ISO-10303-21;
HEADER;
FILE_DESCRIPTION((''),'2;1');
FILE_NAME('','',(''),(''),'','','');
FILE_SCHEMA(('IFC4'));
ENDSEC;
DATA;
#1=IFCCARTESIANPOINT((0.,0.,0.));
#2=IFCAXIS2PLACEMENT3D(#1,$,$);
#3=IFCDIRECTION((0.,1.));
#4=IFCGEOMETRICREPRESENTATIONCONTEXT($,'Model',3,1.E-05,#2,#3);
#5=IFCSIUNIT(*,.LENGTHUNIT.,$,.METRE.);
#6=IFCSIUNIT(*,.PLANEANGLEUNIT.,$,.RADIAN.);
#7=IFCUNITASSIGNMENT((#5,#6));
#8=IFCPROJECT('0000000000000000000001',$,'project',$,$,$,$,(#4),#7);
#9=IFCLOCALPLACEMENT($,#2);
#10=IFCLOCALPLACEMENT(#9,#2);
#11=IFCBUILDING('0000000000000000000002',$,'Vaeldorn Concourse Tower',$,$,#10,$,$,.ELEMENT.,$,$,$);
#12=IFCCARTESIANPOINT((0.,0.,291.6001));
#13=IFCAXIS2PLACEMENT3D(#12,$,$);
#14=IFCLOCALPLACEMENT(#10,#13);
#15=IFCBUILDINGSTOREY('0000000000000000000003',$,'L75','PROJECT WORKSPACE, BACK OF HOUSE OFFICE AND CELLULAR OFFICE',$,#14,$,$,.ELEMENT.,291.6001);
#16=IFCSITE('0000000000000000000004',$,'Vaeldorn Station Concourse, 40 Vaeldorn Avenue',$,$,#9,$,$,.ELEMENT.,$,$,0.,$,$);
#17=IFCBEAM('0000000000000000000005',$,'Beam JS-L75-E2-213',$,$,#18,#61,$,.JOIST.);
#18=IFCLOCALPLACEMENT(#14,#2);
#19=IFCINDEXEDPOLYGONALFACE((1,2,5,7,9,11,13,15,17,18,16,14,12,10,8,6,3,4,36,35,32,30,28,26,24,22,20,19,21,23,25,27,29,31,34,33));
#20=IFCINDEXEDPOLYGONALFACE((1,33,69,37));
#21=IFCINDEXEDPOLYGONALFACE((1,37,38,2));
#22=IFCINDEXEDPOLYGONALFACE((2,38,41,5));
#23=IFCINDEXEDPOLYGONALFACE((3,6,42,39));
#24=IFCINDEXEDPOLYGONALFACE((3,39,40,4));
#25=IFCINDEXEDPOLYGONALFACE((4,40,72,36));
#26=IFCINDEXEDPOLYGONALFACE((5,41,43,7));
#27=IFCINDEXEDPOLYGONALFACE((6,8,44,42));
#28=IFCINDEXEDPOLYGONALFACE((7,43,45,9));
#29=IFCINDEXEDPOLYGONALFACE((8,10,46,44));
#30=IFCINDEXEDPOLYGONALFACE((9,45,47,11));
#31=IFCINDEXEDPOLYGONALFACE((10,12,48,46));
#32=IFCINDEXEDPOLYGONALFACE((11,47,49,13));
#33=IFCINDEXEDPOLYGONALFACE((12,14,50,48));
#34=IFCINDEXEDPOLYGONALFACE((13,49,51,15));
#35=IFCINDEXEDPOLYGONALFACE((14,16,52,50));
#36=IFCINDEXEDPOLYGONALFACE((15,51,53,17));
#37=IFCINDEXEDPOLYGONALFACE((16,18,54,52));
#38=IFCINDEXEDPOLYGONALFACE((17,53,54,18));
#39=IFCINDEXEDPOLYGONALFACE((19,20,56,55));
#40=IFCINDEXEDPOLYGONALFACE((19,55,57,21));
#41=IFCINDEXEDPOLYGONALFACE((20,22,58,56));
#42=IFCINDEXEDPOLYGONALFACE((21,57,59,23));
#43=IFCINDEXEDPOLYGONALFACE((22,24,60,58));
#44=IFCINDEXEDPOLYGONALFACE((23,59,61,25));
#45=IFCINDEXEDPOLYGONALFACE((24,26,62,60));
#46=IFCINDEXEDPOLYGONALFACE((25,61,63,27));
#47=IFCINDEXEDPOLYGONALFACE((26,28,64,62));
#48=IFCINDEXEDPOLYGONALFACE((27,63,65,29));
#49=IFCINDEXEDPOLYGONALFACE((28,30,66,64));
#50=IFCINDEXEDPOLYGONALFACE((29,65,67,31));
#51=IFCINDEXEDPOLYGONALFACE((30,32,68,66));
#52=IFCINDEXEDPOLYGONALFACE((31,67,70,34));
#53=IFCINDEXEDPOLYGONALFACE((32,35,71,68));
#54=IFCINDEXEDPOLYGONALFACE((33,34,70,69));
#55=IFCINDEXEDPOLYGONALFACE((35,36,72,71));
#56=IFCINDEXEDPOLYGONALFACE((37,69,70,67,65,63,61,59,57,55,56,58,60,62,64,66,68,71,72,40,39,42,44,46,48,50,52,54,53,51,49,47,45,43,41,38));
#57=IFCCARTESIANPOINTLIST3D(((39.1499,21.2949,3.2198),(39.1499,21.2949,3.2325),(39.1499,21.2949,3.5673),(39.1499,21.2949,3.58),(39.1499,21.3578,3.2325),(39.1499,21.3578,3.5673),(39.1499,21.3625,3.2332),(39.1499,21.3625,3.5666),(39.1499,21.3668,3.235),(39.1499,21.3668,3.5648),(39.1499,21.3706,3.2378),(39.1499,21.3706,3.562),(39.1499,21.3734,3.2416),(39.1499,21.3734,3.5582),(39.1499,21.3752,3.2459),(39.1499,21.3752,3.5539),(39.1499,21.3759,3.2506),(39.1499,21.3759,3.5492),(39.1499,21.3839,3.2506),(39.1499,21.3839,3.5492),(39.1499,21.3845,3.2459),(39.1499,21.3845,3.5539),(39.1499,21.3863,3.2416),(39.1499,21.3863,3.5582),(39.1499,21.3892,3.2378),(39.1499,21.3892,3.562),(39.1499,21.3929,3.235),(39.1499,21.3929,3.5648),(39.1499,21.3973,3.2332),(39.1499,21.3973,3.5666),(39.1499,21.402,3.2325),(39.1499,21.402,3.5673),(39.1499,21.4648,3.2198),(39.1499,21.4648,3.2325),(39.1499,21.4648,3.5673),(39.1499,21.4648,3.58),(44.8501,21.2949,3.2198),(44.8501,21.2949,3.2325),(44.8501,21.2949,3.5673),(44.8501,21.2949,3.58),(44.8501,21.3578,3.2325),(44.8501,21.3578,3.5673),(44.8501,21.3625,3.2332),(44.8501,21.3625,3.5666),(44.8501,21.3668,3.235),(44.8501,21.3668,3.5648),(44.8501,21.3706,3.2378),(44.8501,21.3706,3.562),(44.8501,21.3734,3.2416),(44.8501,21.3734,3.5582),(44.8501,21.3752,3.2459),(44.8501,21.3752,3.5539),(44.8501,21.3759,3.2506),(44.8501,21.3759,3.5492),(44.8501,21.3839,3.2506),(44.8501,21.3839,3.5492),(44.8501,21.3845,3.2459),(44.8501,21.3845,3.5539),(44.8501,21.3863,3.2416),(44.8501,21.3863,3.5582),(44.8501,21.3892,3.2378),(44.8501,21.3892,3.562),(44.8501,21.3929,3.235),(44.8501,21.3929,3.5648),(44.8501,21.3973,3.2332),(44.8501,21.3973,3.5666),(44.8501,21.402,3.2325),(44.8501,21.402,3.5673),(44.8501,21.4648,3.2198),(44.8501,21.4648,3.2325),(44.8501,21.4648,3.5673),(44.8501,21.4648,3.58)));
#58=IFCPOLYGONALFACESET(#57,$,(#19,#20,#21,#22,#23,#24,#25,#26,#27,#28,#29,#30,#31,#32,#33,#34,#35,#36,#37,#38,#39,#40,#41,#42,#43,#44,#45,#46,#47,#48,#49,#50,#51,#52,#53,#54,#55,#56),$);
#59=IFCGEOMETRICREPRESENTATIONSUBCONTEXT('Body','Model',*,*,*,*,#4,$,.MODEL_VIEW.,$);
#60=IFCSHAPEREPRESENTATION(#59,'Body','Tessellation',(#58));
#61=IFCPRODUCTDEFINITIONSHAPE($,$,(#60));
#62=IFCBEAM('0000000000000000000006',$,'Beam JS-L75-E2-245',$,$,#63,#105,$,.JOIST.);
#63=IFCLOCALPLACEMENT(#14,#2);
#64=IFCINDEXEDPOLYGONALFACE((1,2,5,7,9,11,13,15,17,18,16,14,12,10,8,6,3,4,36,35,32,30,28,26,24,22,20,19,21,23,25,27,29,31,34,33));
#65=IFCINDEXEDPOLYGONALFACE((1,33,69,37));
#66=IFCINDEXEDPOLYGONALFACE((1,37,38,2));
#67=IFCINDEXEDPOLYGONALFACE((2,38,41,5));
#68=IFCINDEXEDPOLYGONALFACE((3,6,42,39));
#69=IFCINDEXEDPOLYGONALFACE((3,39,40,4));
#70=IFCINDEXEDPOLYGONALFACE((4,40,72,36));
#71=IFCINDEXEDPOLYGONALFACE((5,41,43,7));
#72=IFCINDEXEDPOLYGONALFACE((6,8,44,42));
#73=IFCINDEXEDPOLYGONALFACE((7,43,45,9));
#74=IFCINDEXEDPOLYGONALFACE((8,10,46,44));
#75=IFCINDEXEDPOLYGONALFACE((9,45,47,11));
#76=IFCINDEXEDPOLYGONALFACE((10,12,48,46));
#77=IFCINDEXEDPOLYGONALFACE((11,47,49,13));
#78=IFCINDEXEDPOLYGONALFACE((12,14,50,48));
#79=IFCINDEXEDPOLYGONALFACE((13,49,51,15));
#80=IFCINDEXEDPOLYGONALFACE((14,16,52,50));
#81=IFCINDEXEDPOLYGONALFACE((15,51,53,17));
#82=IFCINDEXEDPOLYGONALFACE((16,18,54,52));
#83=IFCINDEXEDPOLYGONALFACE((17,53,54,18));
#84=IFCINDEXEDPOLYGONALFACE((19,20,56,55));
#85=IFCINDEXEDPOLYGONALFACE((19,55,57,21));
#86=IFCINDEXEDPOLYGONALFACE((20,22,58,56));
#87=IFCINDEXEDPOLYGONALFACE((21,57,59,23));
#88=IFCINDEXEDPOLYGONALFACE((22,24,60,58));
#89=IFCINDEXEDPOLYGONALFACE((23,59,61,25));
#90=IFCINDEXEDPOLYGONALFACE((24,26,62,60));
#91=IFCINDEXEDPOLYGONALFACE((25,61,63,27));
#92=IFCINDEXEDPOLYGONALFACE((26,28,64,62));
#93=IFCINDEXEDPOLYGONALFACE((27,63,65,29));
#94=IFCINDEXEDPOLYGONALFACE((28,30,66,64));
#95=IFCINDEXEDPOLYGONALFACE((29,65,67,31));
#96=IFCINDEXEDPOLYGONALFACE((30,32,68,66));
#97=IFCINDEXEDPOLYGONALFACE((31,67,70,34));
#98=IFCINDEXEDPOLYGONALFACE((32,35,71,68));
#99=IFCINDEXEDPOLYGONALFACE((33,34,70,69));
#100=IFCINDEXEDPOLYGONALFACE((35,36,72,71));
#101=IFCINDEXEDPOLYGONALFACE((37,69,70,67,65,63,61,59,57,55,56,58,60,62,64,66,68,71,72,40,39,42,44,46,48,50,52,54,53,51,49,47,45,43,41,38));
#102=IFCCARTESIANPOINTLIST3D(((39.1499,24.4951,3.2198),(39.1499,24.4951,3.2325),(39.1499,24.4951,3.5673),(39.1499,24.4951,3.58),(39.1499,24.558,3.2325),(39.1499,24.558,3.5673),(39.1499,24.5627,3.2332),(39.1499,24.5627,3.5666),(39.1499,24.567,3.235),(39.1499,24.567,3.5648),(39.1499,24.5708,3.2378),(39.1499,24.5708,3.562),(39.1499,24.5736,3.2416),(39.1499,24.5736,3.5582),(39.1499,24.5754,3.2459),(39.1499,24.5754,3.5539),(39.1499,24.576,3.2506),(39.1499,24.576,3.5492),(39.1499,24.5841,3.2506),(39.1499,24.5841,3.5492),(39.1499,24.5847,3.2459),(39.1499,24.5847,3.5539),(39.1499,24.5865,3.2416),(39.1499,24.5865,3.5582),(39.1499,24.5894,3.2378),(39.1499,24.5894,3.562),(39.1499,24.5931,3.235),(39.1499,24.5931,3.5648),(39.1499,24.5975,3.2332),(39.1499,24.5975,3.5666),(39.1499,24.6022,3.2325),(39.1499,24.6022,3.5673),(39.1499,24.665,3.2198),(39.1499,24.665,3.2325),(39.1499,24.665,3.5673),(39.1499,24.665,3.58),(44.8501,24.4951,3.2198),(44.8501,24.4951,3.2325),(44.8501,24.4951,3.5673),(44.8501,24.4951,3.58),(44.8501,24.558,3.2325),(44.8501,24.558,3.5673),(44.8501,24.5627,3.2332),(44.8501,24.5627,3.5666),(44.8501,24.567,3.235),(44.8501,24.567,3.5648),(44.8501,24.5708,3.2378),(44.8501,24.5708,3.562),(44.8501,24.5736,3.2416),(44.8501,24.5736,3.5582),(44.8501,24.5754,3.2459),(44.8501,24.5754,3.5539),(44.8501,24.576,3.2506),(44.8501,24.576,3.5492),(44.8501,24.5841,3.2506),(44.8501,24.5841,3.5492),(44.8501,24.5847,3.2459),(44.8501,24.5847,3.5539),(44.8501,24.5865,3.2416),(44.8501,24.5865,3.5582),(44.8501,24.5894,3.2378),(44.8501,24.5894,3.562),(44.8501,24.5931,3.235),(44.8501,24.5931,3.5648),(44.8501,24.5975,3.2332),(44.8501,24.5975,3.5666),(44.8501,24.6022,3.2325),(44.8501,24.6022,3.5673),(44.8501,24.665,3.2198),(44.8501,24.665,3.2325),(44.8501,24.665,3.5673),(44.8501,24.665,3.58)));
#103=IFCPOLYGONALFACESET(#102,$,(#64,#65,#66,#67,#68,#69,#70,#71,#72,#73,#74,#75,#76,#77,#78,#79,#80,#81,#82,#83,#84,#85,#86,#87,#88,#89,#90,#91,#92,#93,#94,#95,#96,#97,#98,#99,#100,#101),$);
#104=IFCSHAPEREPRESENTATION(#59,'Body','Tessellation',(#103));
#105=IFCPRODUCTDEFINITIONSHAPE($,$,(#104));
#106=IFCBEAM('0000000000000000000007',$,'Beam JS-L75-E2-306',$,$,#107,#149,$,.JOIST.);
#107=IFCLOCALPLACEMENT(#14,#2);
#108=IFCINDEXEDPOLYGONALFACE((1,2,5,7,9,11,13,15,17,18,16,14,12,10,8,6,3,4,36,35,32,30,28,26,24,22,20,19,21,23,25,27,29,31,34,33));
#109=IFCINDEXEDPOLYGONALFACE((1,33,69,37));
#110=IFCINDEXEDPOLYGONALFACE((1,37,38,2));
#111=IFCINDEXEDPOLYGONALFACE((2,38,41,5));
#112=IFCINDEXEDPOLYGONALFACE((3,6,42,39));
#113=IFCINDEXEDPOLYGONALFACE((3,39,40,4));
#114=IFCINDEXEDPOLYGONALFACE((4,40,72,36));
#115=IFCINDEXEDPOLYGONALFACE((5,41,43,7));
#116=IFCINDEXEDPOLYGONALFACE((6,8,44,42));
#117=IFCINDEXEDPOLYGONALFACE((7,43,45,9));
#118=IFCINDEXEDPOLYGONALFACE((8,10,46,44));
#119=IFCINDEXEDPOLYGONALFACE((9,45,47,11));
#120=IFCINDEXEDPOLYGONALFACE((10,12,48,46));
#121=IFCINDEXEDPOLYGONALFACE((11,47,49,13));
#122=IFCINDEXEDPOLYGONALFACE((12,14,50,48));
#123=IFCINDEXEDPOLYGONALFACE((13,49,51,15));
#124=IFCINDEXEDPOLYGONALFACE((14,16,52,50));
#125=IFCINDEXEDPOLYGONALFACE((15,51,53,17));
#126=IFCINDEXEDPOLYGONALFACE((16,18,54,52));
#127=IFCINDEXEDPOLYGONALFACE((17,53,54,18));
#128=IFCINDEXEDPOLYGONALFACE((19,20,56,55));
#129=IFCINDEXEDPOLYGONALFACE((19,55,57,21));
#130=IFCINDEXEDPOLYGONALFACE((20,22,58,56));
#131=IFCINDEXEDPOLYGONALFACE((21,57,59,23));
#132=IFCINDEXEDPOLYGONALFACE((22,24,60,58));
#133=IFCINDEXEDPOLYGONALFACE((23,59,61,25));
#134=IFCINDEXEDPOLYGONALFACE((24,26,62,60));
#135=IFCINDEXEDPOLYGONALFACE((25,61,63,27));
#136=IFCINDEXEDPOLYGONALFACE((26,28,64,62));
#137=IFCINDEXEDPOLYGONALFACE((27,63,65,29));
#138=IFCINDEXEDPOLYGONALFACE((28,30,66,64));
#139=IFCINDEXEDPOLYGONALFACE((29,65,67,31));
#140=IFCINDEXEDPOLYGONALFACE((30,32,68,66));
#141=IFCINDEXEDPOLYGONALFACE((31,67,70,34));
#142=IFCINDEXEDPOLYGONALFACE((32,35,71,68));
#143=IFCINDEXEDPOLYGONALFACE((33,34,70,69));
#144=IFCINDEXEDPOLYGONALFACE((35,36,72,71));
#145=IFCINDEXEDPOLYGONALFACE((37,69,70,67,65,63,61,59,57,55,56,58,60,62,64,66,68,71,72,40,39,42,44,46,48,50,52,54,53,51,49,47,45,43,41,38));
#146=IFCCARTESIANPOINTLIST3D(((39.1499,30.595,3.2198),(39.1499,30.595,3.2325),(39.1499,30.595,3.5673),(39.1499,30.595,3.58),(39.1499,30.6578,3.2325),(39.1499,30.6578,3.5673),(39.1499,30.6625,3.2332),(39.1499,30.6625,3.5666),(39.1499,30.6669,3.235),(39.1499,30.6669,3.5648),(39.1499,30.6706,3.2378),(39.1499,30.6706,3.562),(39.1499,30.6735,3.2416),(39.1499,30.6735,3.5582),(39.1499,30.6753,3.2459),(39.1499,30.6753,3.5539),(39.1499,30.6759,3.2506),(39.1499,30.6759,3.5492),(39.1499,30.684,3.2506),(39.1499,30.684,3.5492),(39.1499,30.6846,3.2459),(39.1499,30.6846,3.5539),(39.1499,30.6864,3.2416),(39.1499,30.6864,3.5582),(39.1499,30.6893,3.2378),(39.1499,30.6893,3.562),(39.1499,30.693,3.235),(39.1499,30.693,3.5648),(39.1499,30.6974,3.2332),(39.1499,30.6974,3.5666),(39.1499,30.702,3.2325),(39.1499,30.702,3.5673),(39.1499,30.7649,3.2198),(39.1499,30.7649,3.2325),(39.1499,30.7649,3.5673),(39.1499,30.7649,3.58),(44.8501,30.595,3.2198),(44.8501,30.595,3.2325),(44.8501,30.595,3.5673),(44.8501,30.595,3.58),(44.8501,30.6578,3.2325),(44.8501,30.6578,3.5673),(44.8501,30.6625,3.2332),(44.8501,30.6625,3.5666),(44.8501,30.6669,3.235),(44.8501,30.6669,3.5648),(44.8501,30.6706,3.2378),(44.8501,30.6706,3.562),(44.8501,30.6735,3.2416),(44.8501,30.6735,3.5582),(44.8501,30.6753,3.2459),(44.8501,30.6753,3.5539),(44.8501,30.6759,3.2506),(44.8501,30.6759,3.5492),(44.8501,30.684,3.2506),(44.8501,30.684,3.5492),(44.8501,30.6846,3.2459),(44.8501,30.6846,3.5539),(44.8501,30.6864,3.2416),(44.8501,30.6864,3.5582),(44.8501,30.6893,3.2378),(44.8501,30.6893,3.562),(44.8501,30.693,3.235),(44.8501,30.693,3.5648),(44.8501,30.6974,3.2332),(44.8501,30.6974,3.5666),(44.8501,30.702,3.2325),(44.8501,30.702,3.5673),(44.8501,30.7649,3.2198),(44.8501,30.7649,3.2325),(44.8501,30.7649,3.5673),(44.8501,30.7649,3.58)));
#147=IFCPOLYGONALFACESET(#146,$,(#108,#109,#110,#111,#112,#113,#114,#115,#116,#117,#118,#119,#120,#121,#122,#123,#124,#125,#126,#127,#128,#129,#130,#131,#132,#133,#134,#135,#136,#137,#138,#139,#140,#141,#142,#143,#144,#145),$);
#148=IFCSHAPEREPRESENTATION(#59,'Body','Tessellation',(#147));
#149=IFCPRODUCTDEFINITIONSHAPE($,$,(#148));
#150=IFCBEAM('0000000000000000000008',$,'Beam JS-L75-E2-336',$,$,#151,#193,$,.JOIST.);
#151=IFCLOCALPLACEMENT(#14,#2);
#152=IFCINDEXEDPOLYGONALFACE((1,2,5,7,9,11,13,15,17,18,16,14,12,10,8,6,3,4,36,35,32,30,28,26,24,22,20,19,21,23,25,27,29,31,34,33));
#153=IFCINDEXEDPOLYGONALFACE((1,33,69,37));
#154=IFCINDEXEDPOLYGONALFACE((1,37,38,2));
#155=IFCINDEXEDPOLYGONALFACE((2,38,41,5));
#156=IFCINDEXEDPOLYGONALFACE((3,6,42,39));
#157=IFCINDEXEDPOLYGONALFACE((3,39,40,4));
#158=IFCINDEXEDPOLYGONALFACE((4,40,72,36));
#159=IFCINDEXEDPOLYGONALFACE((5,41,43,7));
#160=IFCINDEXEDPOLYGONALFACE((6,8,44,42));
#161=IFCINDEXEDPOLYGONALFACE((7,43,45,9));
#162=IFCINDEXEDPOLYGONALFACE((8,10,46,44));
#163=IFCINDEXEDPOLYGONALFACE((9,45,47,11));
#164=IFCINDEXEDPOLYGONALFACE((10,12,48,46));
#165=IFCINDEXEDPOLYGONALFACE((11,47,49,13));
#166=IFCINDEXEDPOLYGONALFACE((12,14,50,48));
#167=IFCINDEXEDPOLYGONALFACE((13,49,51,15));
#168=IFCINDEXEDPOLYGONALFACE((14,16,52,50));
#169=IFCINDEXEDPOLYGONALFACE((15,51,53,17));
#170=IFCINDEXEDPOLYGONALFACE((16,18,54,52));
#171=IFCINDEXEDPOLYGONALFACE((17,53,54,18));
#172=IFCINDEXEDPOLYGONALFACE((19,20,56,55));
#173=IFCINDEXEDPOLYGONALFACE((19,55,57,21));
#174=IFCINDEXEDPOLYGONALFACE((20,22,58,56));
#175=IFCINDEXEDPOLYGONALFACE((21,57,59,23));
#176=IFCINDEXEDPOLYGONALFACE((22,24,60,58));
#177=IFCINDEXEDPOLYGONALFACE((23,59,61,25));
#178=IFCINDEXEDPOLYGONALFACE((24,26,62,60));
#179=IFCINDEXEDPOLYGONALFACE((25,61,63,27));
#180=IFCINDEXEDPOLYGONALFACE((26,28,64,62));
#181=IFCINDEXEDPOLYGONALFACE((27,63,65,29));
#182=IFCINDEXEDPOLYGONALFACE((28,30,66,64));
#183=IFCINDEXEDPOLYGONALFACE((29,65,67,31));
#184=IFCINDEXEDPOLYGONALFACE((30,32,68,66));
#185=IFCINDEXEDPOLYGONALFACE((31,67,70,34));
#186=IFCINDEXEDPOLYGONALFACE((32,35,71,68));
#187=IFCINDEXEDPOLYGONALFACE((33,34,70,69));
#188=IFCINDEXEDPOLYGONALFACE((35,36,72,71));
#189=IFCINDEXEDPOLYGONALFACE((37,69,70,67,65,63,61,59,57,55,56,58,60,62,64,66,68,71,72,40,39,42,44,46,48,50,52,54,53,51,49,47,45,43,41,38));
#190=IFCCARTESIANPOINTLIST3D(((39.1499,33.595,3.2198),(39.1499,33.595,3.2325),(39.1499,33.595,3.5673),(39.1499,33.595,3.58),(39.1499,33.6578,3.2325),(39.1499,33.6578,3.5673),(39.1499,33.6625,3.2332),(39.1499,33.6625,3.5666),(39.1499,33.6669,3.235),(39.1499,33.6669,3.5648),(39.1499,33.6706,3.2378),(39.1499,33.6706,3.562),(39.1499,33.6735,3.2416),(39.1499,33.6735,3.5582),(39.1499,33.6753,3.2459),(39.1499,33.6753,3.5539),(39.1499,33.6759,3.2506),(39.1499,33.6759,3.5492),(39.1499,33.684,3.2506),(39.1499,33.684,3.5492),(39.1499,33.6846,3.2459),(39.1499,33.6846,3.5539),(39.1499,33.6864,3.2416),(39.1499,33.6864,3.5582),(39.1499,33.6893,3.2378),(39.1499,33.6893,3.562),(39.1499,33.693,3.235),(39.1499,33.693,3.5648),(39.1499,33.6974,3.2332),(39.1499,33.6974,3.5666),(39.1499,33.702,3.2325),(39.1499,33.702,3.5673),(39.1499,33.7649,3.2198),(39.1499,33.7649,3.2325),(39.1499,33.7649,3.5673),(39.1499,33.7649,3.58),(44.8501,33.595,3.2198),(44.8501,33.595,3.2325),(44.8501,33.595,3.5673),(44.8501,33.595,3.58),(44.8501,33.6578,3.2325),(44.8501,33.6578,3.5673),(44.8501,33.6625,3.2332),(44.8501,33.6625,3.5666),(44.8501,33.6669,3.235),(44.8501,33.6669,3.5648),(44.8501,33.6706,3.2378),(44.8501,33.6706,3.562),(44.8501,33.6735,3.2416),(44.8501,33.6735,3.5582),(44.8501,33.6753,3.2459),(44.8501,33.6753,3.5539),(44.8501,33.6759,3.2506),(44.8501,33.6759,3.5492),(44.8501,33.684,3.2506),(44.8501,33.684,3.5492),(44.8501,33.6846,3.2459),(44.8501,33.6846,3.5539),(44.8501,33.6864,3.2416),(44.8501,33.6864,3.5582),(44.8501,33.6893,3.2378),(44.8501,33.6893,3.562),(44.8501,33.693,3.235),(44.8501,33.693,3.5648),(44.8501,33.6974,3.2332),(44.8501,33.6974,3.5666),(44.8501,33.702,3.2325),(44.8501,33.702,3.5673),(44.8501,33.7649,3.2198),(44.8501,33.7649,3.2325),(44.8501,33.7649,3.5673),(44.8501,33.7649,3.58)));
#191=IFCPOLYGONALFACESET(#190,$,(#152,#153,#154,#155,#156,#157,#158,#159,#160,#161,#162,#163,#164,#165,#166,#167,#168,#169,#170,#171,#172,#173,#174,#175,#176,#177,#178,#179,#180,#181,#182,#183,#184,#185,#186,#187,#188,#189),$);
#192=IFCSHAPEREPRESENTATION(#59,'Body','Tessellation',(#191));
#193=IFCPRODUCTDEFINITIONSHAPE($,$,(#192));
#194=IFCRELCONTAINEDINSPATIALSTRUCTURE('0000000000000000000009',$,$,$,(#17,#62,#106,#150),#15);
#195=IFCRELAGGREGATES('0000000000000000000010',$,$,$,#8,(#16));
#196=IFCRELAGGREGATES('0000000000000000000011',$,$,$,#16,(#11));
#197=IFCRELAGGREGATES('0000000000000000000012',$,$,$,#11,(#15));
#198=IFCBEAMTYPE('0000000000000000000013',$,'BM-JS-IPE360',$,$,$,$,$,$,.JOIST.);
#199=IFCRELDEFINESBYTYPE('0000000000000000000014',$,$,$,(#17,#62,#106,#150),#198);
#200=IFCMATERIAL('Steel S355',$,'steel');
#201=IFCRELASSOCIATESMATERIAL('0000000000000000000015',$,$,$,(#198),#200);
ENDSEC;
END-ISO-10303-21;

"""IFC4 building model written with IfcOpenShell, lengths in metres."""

from ifc_helpers import new_model, si_unit, direction, frame, origin, origin_2d, place, context, subcontext, project, spatial, i_section, extrude, source, transform, mapped, material, material_profile, profile_set, type_object, element, save


model = new_model("IFC4")

# Units and contexts
model_context = context("Model", 3, precision=1e-05, world=origin(), true_north=direction((0.0, 1.0)))
body_context = subcontext(model_context, "Body", "Model", "MODEL_VIEW")
ifc_project = project(units=[si_unit("LENGTHUNIT", "METRE"), si_unit("PLANEANGLEUNIT", "RADIAN")], contexts=[model_context])

# Site, building, storey
site_placement = place(None, origin())
site = spatial("IfcSite", under=ifc_project, at=site_placement, Name="Vaeldorn Station Concourse, 40 Vaeldorn Avenue", CompositionType="ELEMENT", RefElevation=0.0)
building_placement = place(site_placement, origin())
building = spatial("IfcBuilding", under=site, at=building_placement, Name="Vaeldorn Concourse Tower", CompositionType="ELEMENT")
storey_placement = place(building_placement, frame((0.0, 0.0, 291.6001)))
storey = spatial("IfcBuildingStorey", under=building, at=storey_placement, Name="L75", Description="PROJECT WORKSPACE, BACK OF HOUSE OFFICE AND CELLULAR OFFICE", CompositionType="ELEMENT", Elevation=291.6001)

# Shared definitions
ifc_material_1 = material(Name="Steel S355", Category="steel")

# Beams
ifc_material_profile_1 = material_profile(ifc_material_1, i_section(OverallWidth=0.1699, OverallDepth=0.3601, WebThickness=0.0081, FlangeThickness=0.0127, FilletRadius=0.0181, at=origin_2d()), Name="IPE 360")
ifc_profile_set_1 = profile_set([ifc_material_profile_1], Name="Steel S355")
beam_type_1 = type_object("IfcBeamType", Name="BM-JS-IPE360", PredefinedType="JOIST", material=ifc_profile_set_1)
shared_shape_1 = source(origin(), body_context, "Body", "SweptSolid", [
    extrude(i_section(OverallWidth=0.1699, OverallDepth=0.3601, WebThickness=0.0081, FlangeThickness=0.0127, FilletRadius=0.0181, at=origin_2d()), origin(), (0.0, 0.0, 1.0), 5.7002),
])
for number, where, z_axis, x_axis, name in (
    (1, (39.1499, 21.3799, 3.3999), (1.0, 0.0, 0.0), (0.0, 1.0, 0.0), "Beam JS-L75-E2-213"),
    (2, (39.1499, 24.5801, 3.3999), (1.0, 0.0, 0.0), (0.0, 1.0, 0.0), "Beam JS-L75-E2-245"),
    (3, (39.1499, 30.6799, 3.3999), (1.0, 0.0, 0.0), (0.0, 1.0, 0.0), "Beam JS-L75-E2-306"),
    (4, (39.1499, 33.6799, 3.3999), (1.0, 0.0, 0.0), (0.0, 1.0, 0.0), "Beam JS-L75-E2-336"),
):
    element("IfcBeam", number, at=place(storey_placement, frame(where, z_axis=z_axis, x_axis=x_axis)), inside=storey, type_object=beam_type_1, Name=name, PredefinedType="JOIST", context=body_context, shape_type="MappedRepresentation", body=[
        mapped(shared_shape_1, transform((0.0, 0.0, 0.0), scale=1.0)),
    ])

save(model, "model.ifc")
